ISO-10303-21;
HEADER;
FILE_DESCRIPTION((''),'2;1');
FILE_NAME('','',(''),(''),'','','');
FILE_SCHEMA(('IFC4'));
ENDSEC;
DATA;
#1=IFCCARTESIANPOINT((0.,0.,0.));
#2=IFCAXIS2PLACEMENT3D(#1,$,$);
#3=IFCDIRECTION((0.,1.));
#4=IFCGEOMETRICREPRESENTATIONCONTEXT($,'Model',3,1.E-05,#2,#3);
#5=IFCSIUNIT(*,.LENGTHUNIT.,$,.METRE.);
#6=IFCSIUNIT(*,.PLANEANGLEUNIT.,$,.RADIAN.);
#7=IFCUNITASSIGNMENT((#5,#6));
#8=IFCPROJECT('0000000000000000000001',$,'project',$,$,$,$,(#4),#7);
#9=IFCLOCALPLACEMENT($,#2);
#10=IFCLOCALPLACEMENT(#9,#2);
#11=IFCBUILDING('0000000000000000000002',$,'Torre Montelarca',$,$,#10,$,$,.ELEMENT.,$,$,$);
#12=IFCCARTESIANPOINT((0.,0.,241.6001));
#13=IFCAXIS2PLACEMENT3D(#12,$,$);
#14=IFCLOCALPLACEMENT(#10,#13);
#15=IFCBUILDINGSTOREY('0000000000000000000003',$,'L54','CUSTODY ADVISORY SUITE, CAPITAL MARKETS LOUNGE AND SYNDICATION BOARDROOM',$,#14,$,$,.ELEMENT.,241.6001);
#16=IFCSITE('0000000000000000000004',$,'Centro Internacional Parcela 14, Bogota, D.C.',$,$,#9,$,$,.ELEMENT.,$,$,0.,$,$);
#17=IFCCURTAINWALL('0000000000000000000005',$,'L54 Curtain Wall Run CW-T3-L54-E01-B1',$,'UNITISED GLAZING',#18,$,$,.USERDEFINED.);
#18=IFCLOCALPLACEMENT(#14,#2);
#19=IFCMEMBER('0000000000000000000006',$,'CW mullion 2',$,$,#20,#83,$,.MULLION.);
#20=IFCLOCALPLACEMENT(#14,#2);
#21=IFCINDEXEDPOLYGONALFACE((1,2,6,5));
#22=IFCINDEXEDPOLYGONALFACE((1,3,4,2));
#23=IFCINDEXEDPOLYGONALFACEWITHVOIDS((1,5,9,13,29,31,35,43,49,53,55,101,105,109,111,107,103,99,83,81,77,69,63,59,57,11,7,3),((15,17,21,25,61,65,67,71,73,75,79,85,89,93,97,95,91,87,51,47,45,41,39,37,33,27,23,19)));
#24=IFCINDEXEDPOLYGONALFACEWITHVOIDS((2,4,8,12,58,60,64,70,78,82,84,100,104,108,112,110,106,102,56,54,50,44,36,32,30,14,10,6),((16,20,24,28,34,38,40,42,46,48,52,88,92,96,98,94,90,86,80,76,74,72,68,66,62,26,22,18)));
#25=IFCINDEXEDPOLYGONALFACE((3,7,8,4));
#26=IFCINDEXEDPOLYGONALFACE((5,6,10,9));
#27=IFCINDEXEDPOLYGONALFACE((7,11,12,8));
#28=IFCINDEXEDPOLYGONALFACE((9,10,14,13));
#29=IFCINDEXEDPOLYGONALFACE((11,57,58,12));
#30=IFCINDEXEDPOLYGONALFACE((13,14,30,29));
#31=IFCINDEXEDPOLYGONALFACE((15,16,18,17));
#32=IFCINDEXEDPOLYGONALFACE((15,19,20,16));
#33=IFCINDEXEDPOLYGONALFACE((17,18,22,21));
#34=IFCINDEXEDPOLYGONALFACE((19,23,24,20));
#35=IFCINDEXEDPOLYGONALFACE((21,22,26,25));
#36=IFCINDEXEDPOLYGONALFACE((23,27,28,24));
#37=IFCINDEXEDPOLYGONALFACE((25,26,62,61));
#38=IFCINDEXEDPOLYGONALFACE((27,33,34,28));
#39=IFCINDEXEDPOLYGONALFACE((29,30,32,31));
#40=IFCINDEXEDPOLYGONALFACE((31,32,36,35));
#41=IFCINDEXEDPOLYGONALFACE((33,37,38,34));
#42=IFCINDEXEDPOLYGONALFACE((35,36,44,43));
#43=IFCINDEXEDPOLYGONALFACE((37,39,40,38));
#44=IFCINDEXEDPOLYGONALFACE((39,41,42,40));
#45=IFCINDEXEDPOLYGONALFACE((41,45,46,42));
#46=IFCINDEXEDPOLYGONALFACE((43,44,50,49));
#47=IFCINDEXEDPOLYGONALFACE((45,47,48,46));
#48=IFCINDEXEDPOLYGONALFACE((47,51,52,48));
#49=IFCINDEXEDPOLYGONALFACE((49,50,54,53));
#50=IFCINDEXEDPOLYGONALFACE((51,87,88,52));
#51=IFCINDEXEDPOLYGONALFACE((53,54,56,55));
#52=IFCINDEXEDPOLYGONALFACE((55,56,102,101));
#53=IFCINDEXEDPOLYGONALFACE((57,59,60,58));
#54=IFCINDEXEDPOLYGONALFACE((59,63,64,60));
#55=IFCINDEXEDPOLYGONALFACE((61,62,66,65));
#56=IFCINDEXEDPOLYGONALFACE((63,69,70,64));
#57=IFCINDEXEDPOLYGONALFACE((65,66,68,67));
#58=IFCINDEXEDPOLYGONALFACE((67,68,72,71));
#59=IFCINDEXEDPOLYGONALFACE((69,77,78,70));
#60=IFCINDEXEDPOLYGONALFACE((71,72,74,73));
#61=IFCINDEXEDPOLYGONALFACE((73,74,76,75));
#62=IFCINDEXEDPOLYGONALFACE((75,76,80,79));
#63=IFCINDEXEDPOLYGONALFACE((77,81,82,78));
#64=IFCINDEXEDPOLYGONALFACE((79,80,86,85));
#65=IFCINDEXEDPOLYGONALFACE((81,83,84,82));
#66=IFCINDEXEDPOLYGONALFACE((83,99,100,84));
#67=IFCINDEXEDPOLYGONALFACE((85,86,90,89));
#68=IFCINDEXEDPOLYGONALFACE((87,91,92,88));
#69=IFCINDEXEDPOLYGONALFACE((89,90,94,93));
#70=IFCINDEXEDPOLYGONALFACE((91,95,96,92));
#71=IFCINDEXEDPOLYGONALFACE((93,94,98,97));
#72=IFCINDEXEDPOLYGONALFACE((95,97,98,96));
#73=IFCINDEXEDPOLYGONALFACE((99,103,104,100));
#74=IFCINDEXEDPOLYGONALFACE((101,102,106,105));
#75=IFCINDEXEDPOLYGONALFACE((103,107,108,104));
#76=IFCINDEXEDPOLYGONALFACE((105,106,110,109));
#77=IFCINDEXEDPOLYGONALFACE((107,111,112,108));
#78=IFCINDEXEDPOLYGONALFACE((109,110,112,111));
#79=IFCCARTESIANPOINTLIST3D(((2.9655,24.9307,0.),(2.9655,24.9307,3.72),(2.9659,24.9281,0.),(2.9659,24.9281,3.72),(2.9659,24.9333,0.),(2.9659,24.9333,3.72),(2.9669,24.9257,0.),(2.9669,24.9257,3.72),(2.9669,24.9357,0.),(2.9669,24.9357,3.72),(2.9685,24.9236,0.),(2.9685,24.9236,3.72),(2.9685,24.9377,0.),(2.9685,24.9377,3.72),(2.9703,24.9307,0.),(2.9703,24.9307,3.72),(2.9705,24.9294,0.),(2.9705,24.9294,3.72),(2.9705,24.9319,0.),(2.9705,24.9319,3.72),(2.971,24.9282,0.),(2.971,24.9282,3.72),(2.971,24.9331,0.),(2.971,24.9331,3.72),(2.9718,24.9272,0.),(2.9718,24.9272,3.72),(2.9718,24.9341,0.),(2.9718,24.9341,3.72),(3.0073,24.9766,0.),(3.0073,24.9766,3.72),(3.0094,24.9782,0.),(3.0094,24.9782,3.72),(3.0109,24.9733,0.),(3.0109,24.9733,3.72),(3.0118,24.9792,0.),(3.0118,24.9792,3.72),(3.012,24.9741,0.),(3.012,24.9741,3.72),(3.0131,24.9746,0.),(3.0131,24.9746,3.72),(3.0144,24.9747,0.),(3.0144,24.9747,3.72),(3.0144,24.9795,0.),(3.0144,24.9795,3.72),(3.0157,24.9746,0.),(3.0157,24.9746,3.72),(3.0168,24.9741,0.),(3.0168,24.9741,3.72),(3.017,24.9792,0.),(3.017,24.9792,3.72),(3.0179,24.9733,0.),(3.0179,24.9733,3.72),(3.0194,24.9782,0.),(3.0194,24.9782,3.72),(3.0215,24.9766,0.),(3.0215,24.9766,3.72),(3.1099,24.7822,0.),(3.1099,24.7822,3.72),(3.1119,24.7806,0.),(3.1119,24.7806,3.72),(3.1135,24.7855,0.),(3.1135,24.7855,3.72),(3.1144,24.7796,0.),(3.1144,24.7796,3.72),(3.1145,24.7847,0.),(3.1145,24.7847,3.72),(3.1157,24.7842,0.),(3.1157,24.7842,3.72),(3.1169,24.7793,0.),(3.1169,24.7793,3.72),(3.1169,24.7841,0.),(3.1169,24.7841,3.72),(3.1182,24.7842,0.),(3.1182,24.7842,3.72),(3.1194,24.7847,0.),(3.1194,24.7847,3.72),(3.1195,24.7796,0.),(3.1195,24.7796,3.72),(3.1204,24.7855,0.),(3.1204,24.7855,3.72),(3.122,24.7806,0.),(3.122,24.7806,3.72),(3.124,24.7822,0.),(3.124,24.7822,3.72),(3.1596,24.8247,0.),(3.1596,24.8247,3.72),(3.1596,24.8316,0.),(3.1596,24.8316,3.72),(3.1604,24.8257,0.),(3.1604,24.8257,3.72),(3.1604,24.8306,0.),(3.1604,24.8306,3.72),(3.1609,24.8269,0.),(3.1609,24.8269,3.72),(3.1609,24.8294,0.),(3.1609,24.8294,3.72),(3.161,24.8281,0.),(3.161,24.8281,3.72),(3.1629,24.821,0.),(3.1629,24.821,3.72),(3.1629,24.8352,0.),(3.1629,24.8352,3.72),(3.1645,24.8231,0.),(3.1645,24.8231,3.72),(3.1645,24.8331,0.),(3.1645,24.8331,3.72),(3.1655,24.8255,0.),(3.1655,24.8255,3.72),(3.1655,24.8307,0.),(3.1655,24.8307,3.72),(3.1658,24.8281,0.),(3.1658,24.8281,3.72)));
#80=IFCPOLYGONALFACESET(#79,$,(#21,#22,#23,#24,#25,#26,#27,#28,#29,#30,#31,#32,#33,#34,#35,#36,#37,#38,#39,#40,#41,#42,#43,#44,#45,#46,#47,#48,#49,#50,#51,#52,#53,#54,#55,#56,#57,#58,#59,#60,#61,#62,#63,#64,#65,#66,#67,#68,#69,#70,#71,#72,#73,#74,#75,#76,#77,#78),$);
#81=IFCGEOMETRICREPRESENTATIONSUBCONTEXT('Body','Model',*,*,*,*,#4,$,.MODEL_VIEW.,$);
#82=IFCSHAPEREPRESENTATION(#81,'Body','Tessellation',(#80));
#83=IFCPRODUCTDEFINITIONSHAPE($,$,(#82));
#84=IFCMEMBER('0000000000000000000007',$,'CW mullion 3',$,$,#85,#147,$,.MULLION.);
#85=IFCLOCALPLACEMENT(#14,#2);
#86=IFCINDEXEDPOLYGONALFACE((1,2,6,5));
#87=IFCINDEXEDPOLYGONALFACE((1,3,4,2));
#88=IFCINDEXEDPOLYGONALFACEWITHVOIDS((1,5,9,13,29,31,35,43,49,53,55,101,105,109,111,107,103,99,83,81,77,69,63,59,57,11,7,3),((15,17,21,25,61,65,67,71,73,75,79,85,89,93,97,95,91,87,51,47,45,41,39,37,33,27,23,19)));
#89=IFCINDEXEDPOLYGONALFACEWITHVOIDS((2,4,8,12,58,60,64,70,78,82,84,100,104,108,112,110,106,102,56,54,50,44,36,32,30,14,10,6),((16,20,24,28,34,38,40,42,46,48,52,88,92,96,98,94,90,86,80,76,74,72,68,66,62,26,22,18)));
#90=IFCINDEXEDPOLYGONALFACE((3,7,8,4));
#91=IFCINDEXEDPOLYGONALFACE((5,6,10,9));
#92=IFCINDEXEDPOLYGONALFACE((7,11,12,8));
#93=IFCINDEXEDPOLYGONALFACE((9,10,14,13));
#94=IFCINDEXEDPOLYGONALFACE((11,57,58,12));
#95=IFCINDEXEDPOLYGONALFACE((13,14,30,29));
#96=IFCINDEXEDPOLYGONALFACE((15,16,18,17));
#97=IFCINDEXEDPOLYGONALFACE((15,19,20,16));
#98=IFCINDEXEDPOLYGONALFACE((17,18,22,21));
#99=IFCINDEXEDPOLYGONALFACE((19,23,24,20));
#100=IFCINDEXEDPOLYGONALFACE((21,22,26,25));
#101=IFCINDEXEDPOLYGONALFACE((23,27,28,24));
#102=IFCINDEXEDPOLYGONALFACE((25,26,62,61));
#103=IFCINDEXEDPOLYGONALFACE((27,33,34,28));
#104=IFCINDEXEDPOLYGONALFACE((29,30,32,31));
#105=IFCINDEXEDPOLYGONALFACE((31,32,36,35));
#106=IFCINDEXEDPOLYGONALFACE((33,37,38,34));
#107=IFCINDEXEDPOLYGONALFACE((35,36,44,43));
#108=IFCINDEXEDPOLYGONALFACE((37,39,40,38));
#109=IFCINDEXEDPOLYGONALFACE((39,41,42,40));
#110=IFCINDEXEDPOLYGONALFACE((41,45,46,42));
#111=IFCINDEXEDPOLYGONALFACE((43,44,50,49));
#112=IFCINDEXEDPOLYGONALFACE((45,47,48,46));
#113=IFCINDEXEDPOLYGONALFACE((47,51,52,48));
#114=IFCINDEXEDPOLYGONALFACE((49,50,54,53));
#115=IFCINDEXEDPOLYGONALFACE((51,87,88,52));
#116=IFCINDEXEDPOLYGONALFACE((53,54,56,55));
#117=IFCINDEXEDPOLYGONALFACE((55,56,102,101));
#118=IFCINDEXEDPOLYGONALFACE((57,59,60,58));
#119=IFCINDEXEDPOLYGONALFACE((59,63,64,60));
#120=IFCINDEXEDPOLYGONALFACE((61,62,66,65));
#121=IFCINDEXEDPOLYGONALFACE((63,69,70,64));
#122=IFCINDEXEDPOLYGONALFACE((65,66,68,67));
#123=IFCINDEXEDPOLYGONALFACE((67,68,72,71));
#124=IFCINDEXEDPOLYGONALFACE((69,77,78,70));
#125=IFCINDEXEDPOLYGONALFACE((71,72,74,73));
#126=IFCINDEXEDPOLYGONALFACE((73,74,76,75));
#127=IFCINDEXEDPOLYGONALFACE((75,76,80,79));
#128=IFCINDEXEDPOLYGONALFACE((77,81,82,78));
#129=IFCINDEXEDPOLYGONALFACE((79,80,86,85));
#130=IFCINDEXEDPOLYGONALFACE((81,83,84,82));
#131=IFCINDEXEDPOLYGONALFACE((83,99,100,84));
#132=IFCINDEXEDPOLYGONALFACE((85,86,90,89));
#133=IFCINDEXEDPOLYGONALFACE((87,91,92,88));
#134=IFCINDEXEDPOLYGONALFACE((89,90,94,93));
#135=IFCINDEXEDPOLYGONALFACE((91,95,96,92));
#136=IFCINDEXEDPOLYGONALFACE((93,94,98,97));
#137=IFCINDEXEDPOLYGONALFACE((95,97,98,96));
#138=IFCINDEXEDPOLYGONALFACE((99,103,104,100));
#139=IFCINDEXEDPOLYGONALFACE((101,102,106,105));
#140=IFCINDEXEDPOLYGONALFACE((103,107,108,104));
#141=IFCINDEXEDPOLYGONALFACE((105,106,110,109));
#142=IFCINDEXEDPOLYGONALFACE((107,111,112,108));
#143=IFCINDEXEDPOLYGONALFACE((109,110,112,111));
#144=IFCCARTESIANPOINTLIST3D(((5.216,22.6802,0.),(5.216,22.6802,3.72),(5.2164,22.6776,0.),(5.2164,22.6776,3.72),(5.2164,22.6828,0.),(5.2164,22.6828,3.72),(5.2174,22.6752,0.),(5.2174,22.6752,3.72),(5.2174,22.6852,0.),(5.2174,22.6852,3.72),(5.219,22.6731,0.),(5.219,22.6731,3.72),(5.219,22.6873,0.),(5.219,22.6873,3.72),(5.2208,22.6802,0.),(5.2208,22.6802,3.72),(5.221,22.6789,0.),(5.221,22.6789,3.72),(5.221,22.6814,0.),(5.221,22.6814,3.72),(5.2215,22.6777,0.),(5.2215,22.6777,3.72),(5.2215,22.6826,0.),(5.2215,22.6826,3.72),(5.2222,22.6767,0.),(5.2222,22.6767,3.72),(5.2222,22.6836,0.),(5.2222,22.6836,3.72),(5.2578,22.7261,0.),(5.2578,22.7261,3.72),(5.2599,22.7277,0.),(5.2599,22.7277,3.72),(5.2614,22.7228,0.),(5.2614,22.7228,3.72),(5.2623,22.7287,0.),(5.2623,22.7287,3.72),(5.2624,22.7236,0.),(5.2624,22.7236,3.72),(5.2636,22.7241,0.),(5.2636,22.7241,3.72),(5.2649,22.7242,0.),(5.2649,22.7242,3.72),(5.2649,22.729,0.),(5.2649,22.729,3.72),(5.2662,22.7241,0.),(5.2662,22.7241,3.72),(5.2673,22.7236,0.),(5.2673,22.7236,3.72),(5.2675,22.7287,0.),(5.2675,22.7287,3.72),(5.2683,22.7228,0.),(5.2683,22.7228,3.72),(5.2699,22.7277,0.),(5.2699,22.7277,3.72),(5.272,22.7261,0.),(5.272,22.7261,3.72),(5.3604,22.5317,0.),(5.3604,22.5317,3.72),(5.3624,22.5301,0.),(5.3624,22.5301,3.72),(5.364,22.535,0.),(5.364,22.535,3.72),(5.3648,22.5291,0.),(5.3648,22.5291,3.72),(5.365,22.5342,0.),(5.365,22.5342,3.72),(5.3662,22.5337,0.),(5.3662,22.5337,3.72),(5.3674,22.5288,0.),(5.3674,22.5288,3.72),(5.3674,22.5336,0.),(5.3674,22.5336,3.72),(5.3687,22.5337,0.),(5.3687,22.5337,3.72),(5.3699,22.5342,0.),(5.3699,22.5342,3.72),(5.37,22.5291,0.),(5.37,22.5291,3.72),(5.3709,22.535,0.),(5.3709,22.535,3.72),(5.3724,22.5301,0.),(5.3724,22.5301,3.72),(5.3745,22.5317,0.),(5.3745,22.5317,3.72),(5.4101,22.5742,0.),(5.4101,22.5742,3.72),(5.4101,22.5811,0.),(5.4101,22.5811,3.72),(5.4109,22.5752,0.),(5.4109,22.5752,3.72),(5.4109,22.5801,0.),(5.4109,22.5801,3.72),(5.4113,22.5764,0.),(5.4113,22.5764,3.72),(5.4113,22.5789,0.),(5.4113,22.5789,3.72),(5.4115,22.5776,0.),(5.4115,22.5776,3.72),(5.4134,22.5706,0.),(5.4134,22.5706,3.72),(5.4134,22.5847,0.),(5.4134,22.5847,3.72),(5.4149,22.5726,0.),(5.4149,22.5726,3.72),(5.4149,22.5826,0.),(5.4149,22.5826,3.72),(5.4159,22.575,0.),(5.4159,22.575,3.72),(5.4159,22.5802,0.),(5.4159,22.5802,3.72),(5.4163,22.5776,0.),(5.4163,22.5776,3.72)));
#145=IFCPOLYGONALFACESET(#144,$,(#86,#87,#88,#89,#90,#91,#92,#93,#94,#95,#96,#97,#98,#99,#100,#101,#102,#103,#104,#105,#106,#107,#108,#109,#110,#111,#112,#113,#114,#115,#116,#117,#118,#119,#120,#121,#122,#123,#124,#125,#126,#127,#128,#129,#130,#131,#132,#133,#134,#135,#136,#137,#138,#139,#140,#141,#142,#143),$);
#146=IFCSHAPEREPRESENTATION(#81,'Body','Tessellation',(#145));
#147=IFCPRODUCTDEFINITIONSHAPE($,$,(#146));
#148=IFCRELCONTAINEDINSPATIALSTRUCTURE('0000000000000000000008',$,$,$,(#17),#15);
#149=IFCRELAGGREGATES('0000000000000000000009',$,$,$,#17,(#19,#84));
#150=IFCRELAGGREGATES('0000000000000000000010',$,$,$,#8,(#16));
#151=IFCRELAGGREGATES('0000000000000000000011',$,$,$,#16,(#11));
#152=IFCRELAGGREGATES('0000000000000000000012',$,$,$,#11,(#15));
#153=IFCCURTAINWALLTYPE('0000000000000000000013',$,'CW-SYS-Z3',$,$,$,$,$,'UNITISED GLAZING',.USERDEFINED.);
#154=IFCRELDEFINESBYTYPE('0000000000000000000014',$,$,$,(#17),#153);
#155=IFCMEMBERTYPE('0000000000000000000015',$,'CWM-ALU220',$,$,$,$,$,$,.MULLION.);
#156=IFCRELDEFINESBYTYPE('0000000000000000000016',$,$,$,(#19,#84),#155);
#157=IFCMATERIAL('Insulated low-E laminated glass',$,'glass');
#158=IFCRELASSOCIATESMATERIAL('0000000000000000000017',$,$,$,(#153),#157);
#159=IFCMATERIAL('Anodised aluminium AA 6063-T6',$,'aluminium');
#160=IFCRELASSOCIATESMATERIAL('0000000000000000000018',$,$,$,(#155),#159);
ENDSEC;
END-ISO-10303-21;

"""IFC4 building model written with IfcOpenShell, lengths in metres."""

from ifc_helpers import new_model, si_unit, direction, frame, origin, origin_2d, place, context, subcontext, project, spatial, hollow_rectangle, extrude, source, transform, mapped, material, material_profile, profile_set, type_object, element, aggregate, save


model = new_model("IFC4")

# Units and contexts
model_context = context("Model", 3, precision=1e-05, world=origin(), true_north=direction((0.0, 1.0)))
body_context = subcontext(model_context, "Body", "Model", "MODEL_VIEW")
ifc_project = project(units=[si_unit("LENGTHUNIT", "METRE"), si_unit("PLANEANGLEUNIT", "RADIAN")], contexts=[model_context])

# Site, building, storey
site_placement = place(None, origin())
site = spatial("IfcSite", under=ifc_project, at=site_placement, Name="Centro Internacional Parcela 14, Bogota, D.C.", CompositionType="ELEMENT", RefElevation=0.0)
building_placement = place(site_placement, origin())
building = spatial("IfcBuilding", under=site, at=building_placement, Name="Torre Montelarca", CompositionType="ELEMENT")
storey_placement = place(building_placement, frame((0.0, 0.0, 241.6001)))
storey = spatial("IfcBuildingStorey", under=building, at=storey_placement, Name="L54", Description="CUSTODY ADVISORY SUITE, CAPITAL MARKETS LOUNGE AND SYNDICATION BOARDROOM", CompositionType="ELEMENT", Elevation=241.6001)

# Curtain wall, members
ifc_material_1 = material(Name="Insulated low-E laminated glass", Category="glass")
curtain_wall_type = type_object("IfcCurtainWallType", Name="CW-SYS-Z3", ElementType="UNITISED GLAZING", PredefinedType="USERDEFINED", material=ifc_material_1)
curtain_wall_placement = place(storey_placement, origin())
curtain_wall = element("IfcCurtainWall", 1, at=curtain_wall_placement, inside=storey, type_object=curtain_wall_type, Name="L54 Curtain Wall Run CW-T3-L54-E01-B1", ObjectType="UNITISED GLAZING", PredefinedType="USERDEFINED")
ifc_material_2 = material(Name="Anodised aluminium AA 6063-T6", Category="aluminium")
ifc_material_profile_1 = material_profile(ifc_material_2, hollow_rectangle(XDim=0.075, YDim=0.22, WallThickness=0.0049, InnerFilletRadius=0.0049, OuterFilletRadius=0.01, at=origin_2d()), Name="ALU75X220X5", Category="aluminium")
ifc_profile_set_1 = profile_set([ifc_material_profile_1], Name="Anodised aluminium AA 6063-T6")
member_type_1 = type_object("IfcMemberType", Name="CWM-ALU220", PredefinedType="MULLION", material=ifc_profile_set_1)
shared_shape_1 = source(origin(), body_context, "Body", "SweptSolid", [
    extrude(hollow_rectangle(XDim=0.075, YDim=0.22, WallThickness=0.0049, InnerFilletRadius=0.0049, OuterFilletRadius=0.01, at=origin_2d()), origin(), (0.0, 0.0, 1.0), 3.72),
])
member_1_placement = place(storey_placement, frame((3.0657, 24.8794, 0.0), z_axis=(0.0, 0.0, 1.0), x_axis=(0.707107, 0.707107, 0.0)))
member_1 = element("IfcMember", 2, at=member_1_placement, type_object=member_type_1, Name="CW mullion 2", PredefinedType="MULLION", context=body_context, shape_type="MappedRepresentation", body=[
    mapped(shared_shape_1, transform((0.0, 0.0, 0.0), scale=1.0)),
])
member_2_placement = place(storey_placement, frame((5.3162, 22.6289, 0.0), z_axis=(0.0, 0.0, 1.0), x_axis=(0.707107, 0.707107, 0.0)))
member_2 = element("IfcMember", 3, at=member_2_placement, type_object=member_type_1, Name="CW mullion 3", PredefinedType="MULLION", context=body_context, shape_type="MappedRepresentation", body=[
    mapped(shared_shape_1, transform((0.0, 0.0, 0.0), scale=1.0)),
])
aggregate(curtain_wall, [member_1, member_2])

save(model, "model.ifc")
